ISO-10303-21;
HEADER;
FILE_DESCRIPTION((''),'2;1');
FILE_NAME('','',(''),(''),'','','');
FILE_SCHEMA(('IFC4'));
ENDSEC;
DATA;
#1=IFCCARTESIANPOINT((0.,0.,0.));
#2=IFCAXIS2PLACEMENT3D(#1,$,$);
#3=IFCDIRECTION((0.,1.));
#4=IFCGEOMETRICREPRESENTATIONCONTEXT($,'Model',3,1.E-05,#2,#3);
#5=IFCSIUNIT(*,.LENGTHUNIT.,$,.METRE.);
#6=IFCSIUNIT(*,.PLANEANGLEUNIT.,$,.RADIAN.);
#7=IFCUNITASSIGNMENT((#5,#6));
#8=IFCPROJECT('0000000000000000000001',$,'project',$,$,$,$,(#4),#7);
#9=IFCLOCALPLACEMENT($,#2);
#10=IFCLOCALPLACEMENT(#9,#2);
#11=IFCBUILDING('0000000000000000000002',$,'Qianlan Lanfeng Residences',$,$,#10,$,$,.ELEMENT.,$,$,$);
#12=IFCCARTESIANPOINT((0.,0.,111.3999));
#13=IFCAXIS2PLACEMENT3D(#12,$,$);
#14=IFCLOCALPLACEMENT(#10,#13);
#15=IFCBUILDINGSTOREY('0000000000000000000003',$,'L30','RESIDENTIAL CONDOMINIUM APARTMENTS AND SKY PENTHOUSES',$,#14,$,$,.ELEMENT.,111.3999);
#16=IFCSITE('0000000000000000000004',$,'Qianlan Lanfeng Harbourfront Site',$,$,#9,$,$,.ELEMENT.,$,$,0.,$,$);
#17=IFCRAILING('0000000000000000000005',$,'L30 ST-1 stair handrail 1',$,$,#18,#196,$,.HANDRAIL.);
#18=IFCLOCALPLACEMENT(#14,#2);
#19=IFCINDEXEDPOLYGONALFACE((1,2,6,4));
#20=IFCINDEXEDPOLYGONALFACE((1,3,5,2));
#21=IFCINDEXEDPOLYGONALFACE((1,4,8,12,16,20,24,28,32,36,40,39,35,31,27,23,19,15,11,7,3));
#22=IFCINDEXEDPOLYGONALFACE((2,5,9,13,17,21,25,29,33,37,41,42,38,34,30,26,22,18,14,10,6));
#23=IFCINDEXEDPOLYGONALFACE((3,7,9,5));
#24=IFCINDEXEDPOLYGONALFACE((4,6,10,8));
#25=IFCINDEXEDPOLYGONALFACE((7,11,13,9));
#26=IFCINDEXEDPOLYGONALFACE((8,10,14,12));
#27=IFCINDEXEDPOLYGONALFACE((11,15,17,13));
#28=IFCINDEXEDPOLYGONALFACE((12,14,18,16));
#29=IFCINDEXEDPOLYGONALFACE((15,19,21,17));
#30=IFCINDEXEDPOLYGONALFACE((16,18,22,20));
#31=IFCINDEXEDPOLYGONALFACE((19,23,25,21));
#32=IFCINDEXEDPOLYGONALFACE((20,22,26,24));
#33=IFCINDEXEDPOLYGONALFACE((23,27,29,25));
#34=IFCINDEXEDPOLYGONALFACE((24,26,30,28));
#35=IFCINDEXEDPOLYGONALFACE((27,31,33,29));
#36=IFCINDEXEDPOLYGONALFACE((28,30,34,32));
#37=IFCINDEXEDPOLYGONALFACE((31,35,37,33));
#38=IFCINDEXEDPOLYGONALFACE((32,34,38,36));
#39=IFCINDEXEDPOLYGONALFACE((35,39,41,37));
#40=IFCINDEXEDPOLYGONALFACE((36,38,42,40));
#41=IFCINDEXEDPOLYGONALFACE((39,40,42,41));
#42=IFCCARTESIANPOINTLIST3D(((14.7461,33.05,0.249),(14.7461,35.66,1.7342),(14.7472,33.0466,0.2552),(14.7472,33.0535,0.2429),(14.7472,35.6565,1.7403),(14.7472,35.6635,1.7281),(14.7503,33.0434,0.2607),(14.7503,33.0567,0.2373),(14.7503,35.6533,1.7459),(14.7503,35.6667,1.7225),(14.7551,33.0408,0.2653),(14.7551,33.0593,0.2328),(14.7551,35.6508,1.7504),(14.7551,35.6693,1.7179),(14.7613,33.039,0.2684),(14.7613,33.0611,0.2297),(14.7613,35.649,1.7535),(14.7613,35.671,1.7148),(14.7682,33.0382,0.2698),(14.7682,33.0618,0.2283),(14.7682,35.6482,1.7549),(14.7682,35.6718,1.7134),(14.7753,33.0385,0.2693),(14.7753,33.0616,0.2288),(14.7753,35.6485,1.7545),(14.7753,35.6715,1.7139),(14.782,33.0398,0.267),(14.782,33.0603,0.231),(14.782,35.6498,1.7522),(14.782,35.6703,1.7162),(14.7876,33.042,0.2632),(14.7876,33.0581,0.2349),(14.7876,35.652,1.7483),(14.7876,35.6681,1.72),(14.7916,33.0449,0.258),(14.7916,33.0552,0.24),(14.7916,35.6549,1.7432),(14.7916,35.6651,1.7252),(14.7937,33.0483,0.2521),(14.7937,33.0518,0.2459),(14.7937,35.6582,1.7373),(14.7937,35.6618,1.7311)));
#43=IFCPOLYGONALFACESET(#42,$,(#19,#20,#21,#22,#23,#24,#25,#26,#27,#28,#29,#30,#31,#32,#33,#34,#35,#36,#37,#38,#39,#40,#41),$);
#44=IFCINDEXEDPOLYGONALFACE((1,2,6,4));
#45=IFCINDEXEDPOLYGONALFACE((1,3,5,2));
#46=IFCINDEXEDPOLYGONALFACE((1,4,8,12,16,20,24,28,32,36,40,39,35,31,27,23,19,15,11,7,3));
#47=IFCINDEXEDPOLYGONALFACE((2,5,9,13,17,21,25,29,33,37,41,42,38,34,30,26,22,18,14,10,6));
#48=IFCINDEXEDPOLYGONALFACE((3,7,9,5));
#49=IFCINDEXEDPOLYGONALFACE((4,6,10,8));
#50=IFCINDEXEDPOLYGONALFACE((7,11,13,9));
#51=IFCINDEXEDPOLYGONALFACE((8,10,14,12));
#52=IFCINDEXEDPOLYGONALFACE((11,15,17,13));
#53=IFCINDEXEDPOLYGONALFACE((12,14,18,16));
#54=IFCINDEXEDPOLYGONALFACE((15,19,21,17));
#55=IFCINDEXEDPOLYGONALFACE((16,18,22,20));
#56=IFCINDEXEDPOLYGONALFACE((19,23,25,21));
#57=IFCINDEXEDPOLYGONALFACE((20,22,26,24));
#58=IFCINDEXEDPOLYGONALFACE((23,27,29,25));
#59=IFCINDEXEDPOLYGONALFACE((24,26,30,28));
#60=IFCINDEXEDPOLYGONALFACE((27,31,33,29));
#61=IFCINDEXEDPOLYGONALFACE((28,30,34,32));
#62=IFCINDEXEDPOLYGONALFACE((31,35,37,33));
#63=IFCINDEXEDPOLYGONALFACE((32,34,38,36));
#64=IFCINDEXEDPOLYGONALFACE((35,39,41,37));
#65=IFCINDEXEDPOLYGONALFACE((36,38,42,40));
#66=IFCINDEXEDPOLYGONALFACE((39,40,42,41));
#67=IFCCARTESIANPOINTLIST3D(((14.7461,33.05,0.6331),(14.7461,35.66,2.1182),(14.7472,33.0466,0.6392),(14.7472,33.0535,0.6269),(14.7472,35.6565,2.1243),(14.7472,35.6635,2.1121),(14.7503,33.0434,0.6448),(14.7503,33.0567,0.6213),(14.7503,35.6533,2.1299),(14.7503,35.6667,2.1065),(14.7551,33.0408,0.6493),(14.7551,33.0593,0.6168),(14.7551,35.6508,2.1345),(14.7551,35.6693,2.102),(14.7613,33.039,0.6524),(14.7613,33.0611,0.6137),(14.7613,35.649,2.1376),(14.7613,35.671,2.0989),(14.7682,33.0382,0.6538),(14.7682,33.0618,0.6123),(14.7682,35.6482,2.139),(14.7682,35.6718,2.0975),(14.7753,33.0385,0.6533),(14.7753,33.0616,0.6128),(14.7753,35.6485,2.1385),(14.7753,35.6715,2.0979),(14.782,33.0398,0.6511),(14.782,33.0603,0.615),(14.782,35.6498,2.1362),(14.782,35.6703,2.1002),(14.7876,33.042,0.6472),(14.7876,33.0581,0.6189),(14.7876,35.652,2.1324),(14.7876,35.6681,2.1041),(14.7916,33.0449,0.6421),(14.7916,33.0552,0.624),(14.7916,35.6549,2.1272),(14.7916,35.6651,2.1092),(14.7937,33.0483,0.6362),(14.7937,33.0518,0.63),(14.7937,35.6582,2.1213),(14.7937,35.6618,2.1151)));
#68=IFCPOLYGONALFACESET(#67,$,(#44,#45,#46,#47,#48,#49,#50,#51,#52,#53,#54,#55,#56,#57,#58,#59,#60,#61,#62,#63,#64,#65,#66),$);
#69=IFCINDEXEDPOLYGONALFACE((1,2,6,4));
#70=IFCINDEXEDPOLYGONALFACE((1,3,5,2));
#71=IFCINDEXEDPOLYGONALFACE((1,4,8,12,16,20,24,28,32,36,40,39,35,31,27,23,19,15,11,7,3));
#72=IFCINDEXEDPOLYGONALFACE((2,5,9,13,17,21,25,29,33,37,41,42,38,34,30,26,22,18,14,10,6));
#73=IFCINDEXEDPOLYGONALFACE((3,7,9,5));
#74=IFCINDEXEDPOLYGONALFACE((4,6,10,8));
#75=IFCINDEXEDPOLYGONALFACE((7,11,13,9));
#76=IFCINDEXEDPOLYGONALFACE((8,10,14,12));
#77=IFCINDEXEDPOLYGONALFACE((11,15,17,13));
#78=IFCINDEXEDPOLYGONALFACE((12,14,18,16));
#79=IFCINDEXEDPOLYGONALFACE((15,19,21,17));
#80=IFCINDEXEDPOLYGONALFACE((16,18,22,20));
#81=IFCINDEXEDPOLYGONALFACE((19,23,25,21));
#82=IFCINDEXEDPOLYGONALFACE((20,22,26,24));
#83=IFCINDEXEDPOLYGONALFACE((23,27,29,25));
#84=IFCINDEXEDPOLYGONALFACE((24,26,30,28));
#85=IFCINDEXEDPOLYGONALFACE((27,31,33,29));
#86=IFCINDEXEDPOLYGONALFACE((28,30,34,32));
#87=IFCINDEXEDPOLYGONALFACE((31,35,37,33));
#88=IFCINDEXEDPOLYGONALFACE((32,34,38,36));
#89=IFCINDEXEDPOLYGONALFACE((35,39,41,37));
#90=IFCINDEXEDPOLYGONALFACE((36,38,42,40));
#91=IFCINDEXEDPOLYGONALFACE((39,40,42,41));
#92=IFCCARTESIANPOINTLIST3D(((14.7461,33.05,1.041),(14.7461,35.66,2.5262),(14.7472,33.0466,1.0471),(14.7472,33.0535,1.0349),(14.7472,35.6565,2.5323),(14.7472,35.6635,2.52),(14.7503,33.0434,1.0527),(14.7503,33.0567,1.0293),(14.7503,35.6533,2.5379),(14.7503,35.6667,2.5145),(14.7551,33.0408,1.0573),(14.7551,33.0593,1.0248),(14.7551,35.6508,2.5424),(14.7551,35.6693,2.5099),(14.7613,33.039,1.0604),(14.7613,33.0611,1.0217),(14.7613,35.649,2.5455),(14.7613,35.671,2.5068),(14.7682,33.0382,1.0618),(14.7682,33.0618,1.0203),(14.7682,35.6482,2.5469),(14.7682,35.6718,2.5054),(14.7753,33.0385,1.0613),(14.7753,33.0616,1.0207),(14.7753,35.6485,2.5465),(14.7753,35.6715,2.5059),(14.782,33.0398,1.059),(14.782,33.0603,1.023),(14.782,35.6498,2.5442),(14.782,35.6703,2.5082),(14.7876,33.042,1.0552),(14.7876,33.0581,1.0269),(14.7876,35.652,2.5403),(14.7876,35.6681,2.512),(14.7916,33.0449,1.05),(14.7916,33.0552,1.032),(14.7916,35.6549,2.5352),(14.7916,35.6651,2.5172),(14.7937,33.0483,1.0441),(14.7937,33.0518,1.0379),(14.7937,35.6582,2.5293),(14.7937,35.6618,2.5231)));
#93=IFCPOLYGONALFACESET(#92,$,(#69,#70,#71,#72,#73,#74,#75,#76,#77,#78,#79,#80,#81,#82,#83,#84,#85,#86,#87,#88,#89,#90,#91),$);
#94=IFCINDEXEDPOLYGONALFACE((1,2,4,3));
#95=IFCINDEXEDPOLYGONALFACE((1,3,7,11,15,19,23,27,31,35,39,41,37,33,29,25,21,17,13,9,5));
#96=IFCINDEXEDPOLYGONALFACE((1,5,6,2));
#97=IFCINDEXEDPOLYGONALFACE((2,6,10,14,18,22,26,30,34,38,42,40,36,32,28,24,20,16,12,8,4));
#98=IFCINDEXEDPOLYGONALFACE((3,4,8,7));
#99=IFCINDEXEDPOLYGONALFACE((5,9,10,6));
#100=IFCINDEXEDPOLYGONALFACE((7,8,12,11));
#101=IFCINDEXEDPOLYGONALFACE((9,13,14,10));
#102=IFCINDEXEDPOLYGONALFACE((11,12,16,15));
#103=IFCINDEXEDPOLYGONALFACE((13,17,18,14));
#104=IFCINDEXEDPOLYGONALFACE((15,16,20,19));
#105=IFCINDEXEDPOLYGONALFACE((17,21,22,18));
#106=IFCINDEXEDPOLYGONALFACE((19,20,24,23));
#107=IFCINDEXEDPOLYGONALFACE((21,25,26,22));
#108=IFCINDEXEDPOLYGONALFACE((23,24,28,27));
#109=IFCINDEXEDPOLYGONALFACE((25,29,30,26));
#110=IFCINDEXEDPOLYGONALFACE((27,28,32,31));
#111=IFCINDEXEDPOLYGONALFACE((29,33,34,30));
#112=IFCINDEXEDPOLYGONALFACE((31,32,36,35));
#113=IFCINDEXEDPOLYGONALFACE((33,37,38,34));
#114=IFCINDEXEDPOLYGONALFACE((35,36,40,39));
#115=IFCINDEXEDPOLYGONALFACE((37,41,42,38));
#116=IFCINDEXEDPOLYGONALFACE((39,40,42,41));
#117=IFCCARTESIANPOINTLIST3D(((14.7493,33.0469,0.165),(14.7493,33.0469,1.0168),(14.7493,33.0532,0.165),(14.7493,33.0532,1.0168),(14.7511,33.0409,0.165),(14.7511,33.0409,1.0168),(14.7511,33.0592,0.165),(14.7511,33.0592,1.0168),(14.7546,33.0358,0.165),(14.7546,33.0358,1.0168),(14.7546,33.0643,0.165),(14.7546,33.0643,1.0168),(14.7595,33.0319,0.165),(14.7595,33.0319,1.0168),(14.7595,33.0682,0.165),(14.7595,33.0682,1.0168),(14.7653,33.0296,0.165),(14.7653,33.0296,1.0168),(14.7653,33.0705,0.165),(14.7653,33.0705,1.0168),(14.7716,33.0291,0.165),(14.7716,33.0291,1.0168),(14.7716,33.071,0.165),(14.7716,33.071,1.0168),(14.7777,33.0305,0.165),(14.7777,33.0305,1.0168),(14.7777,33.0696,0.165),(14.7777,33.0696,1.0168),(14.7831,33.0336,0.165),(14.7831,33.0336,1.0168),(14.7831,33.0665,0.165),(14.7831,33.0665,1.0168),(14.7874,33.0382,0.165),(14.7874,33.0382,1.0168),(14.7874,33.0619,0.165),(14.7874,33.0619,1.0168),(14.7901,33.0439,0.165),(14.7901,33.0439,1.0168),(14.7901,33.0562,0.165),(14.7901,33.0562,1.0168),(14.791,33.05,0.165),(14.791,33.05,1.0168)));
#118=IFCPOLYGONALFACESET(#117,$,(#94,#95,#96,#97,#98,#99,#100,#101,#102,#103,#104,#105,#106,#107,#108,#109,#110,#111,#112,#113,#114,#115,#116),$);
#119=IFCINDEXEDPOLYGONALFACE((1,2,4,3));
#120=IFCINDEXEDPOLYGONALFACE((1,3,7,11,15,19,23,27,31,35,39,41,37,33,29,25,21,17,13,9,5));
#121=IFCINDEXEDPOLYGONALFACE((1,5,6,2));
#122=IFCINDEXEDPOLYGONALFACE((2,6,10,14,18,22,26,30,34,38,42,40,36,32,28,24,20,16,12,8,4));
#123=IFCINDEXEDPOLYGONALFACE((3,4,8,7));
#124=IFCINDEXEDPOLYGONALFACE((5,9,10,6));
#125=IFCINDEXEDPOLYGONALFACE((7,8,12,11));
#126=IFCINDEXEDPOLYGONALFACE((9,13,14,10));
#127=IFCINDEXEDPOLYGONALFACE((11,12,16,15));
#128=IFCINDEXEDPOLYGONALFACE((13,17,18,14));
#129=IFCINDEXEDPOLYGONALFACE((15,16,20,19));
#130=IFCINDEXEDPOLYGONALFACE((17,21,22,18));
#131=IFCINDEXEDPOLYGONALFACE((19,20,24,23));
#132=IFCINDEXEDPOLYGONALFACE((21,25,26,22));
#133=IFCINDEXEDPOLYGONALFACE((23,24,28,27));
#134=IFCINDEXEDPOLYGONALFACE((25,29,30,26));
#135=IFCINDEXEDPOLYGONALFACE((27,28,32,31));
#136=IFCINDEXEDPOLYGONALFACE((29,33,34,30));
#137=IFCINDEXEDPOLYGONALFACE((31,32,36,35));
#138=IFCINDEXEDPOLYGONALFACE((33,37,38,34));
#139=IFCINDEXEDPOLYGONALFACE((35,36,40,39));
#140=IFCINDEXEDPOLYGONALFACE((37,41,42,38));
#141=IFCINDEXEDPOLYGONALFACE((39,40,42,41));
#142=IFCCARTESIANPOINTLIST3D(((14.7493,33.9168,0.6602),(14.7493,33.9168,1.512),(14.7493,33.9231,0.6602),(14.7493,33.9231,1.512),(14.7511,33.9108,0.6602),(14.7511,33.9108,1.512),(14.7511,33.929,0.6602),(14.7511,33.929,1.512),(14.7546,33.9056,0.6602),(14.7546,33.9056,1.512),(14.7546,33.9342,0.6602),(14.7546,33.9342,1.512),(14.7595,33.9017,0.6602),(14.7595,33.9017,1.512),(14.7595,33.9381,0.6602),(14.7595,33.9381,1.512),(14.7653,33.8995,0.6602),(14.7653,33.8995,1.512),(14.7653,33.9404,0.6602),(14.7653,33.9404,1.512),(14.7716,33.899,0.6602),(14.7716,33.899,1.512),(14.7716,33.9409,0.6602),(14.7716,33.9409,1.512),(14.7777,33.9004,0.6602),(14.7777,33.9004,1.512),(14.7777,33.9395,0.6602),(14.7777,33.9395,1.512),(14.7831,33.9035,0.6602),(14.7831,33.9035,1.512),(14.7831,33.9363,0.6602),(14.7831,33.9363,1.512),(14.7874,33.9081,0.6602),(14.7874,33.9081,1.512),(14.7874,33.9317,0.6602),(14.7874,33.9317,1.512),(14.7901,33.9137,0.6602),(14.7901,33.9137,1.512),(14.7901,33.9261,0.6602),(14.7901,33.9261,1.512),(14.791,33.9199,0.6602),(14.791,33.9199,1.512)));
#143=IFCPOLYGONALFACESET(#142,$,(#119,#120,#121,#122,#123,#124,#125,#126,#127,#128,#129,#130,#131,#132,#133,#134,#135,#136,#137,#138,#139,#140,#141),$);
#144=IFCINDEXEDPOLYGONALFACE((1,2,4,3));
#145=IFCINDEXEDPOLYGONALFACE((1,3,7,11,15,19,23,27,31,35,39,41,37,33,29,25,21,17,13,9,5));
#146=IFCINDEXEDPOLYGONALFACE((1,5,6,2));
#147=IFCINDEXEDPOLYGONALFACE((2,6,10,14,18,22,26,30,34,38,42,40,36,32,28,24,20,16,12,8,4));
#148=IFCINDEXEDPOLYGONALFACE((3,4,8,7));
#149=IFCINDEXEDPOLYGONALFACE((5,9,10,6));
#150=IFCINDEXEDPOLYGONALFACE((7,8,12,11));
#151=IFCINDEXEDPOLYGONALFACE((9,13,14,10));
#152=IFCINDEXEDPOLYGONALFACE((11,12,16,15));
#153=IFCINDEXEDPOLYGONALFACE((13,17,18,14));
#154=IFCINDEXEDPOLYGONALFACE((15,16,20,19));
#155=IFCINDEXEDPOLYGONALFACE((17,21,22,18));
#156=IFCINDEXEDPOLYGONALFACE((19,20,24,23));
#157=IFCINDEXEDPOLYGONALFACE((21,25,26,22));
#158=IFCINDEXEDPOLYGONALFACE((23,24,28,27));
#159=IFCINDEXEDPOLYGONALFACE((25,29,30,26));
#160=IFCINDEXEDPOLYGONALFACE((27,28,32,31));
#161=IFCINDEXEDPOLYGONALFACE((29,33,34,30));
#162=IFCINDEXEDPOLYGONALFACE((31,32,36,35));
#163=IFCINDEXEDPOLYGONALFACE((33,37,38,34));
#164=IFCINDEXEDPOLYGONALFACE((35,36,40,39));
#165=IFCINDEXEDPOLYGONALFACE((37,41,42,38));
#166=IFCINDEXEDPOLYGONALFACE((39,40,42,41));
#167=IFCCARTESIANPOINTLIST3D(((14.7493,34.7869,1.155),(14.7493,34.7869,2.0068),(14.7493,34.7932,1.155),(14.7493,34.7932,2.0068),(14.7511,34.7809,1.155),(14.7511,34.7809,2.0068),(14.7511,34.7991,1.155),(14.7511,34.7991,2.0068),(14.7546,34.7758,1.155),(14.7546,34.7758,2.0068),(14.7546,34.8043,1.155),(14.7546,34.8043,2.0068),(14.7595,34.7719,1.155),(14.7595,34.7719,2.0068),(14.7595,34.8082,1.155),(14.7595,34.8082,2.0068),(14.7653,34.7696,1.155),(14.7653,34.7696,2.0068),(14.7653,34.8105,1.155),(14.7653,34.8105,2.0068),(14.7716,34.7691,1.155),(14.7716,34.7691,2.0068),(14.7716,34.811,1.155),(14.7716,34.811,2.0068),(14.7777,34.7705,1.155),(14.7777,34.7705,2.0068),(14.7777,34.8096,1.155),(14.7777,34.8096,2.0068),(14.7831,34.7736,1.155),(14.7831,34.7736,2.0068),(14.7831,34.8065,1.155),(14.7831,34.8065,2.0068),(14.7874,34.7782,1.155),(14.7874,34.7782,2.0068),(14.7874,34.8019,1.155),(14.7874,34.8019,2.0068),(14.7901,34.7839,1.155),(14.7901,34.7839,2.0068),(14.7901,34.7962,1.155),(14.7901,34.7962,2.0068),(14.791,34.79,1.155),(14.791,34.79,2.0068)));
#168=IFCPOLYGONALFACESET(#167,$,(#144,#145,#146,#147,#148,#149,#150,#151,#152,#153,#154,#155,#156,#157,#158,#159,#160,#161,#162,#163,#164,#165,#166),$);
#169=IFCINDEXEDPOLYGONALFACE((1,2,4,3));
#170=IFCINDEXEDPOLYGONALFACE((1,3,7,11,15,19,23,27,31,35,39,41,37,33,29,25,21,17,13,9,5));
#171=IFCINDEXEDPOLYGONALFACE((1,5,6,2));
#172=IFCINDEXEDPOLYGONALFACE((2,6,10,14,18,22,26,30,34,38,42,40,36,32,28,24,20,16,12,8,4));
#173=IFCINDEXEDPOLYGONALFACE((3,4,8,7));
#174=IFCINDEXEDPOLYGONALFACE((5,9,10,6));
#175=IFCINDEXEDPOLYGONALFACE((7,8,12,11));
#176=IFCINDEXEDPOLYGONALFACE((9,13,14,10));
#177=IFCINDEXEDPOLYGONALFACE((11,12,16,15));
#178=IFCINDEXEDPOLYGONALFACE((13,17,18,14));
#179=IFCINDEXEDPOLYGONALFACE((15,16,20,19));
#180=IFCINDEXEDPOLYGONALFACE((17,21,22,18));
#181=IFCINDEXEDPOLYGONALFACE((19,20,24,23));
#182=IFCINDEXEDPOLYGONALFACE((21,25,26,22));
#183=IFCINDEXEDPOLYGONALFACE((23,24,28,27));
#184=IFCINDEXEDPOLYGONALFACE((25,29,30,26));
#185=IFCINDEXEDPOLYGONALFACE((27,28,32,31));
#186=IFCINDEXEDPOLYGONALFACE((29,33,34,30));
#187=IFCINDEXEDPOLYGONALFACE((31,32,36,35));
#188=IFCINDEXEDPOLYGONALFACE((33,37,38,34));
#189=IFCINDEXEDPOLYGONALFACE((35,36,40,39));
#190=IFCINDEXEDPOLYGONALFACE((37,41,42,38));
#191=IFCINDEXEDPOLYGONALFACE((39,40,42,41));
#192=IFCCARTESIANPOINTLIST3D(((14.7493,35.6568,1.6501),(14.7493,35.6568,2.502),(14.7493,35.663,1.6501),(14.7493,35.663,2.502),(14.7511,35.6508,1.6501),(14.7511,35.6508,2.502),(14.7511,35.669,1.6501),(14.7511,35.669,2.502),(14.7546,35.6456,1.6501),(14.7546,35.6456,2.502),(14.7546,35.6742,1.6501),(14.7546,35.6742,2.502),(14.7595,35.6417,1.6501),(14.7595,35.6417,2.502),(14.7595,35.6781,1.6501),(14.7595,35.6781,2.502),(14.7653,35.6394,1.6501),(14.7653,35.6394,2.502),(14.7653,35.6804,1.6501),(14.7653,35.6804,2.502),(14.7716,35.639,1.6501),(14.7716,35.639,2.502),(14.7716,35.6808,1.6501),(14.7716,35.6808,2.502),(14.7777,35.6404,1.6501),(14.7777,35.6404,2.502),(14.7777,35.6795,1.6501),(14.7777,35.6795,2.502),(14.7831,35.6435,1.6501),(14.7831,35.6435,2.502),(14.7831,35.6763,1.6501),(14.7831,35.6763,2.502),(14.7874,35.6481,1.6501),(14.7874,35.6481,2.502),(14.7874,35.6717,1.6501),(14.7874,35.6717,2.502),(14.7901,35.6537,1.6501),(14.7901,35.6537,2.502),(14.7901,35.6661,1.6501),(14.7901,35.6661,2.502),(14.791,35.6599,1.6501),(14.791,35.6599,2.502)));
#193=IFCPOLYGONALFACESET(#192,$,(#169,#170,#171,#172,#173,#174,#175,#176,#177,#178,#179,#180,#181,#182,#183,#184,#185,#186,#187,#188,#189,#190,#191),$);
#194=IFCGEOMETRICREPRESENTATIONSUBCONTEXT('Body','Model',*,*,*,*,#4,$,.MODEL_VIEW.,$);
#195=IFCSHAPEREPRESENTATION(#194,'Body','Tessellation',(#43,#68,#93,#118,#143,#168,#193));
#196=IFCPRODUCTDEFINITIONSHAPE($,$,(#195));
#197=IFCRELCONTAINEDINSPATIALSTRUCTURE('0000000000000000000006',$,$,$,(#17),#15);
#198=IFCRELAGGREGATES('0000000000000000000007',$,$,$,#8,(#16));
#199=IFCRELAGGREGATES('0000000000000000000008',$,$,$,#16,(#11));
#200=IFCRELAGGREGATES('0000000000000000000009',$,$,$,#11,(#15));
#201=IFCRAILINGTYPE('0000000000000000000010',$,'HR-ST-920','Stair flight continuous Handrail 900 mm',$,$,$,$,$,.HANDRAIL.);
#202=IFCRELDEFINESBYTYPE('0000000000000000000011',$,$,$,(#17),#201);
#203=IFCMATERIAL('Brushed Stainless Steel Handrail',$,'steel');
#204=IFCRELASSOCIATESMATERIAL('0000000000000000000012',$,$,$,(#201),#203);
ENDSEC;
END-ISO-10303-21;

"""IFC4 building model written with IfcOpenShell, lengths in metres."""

from ifc_helpers import new_model, si_unit, direction, frame, origin, origin_2d, place, context, subcontext, project, spatial, circle, extrude, material, type_object, element, save


model = new_model("IFC4")

# Units and contexts
model_context = context("Model", 3, precision=1e-05, world=origin(), true_north=direction((0.0, 1.0)))
body_context = subcontext(model_context, "Body", "Model", "MODEL_VIEW")
ifc_project = project(units=[si_unit("LENGTHUNIT", "METRE"), si_unit("PLANEANGLEUNIT", "RADIAN")], contexts=[model_context])

# Site, building, storey
site_placement = place(None, origin())
site = spatial("IfcSite", under=ifc_project, at=site_placement, Name="Qianlan Lanfeng Harbourfront Site", CompositionType="ELEMENT", RefElevation=0.0)
building_placement = place(site_placement, origin())
building = spatial("IfcBuilding", under=site, at=building_placement, Name="Qianlan Lanfeng Residences", CompositionType="ELEMENT")
storey_placement = place(building_placement, frame((0.0, 0.0, 111.3999)))
storey = spatial("IfcBuildingStorey", under=building, at=storey_placement, Name="L30", Description="RESIDENTIAL CONDOMINIUM APARTMENTS AND SKY PENTHOUSES", CompositionType="ELEMENT", Elevation=111.3999)

# Railing
ifc_material_1 = material(Name="Brushed Stainless Steel Handrail", Category="steel")
railing_type_1 = type_object("IfcRailingType", Name="HR-ST-920", Description="Stair flight continuous Handrail 900 mm", PredefinedType="HANDRAIL", material=ifc_material_1)
railing_1_placement = place(storey_placement, frame((14.77, 33.05, 0.165)))
element("IfcRailing", 1, at=railing_1_placement, inside=storey, type_object=railing_type_1, Name="L30 ST-1 stair handrail 1", PredefinedType="HANDRAIL", context=body_context, shape_type="SweptSolid", body=[
    extrude(circle(Radius=0.0239, at=origin_2d()), frame((0.0, 0.0, 0.084), z_axis=(0.0, 0.869137, 0.494571), x_axis=(-1.0, 0.0, 0.0)), (0.0, 0.0, 1.0), 3.0029),
    extrude(circle(Radius=0.0239, at=origin_2d()), frame((0.0, 0.0, 0.468), z_axis=(0.0, 0.869137, 0.494571), x_axis=(-1.0, 0.0, 0.0)), (0.0, 0.0, 1.0), 3.0029),
    extrude(circle(Radius=0.0239, at=origin_2d()), frame((0.0, 0.0, 0.876), z_axis=(0.0, 0.869137, 0.494571), x_axis=(-1.0, 0.0, 0.0)), (0.0, 0.0, 1.0), 3.0029),
    extrude(circle(Radius=0.021, at=origin_2d()), origin(), (0.0, 0.0, 1.0), 0.8518),
    extrude(circle(Radius=0.021, at=origin_2d()), frame((0.0, 0.8699, 0.4951)), (0.0, 0.0, 1.0), 0.8518),
    extrude(circle(Radius=0.021, at=origin_2d()), frame((0.0, 1.74, 0.99)), (0.0, 0.0, 1.0), 0.8518),
    extrude(circle(Radius=0.021, at=origin_2d()), frame((0.0, 2.6099, 1.4851)), (0.0, 0.0, 1.0), 0.8518),
])

save(model, "model.ifc")
